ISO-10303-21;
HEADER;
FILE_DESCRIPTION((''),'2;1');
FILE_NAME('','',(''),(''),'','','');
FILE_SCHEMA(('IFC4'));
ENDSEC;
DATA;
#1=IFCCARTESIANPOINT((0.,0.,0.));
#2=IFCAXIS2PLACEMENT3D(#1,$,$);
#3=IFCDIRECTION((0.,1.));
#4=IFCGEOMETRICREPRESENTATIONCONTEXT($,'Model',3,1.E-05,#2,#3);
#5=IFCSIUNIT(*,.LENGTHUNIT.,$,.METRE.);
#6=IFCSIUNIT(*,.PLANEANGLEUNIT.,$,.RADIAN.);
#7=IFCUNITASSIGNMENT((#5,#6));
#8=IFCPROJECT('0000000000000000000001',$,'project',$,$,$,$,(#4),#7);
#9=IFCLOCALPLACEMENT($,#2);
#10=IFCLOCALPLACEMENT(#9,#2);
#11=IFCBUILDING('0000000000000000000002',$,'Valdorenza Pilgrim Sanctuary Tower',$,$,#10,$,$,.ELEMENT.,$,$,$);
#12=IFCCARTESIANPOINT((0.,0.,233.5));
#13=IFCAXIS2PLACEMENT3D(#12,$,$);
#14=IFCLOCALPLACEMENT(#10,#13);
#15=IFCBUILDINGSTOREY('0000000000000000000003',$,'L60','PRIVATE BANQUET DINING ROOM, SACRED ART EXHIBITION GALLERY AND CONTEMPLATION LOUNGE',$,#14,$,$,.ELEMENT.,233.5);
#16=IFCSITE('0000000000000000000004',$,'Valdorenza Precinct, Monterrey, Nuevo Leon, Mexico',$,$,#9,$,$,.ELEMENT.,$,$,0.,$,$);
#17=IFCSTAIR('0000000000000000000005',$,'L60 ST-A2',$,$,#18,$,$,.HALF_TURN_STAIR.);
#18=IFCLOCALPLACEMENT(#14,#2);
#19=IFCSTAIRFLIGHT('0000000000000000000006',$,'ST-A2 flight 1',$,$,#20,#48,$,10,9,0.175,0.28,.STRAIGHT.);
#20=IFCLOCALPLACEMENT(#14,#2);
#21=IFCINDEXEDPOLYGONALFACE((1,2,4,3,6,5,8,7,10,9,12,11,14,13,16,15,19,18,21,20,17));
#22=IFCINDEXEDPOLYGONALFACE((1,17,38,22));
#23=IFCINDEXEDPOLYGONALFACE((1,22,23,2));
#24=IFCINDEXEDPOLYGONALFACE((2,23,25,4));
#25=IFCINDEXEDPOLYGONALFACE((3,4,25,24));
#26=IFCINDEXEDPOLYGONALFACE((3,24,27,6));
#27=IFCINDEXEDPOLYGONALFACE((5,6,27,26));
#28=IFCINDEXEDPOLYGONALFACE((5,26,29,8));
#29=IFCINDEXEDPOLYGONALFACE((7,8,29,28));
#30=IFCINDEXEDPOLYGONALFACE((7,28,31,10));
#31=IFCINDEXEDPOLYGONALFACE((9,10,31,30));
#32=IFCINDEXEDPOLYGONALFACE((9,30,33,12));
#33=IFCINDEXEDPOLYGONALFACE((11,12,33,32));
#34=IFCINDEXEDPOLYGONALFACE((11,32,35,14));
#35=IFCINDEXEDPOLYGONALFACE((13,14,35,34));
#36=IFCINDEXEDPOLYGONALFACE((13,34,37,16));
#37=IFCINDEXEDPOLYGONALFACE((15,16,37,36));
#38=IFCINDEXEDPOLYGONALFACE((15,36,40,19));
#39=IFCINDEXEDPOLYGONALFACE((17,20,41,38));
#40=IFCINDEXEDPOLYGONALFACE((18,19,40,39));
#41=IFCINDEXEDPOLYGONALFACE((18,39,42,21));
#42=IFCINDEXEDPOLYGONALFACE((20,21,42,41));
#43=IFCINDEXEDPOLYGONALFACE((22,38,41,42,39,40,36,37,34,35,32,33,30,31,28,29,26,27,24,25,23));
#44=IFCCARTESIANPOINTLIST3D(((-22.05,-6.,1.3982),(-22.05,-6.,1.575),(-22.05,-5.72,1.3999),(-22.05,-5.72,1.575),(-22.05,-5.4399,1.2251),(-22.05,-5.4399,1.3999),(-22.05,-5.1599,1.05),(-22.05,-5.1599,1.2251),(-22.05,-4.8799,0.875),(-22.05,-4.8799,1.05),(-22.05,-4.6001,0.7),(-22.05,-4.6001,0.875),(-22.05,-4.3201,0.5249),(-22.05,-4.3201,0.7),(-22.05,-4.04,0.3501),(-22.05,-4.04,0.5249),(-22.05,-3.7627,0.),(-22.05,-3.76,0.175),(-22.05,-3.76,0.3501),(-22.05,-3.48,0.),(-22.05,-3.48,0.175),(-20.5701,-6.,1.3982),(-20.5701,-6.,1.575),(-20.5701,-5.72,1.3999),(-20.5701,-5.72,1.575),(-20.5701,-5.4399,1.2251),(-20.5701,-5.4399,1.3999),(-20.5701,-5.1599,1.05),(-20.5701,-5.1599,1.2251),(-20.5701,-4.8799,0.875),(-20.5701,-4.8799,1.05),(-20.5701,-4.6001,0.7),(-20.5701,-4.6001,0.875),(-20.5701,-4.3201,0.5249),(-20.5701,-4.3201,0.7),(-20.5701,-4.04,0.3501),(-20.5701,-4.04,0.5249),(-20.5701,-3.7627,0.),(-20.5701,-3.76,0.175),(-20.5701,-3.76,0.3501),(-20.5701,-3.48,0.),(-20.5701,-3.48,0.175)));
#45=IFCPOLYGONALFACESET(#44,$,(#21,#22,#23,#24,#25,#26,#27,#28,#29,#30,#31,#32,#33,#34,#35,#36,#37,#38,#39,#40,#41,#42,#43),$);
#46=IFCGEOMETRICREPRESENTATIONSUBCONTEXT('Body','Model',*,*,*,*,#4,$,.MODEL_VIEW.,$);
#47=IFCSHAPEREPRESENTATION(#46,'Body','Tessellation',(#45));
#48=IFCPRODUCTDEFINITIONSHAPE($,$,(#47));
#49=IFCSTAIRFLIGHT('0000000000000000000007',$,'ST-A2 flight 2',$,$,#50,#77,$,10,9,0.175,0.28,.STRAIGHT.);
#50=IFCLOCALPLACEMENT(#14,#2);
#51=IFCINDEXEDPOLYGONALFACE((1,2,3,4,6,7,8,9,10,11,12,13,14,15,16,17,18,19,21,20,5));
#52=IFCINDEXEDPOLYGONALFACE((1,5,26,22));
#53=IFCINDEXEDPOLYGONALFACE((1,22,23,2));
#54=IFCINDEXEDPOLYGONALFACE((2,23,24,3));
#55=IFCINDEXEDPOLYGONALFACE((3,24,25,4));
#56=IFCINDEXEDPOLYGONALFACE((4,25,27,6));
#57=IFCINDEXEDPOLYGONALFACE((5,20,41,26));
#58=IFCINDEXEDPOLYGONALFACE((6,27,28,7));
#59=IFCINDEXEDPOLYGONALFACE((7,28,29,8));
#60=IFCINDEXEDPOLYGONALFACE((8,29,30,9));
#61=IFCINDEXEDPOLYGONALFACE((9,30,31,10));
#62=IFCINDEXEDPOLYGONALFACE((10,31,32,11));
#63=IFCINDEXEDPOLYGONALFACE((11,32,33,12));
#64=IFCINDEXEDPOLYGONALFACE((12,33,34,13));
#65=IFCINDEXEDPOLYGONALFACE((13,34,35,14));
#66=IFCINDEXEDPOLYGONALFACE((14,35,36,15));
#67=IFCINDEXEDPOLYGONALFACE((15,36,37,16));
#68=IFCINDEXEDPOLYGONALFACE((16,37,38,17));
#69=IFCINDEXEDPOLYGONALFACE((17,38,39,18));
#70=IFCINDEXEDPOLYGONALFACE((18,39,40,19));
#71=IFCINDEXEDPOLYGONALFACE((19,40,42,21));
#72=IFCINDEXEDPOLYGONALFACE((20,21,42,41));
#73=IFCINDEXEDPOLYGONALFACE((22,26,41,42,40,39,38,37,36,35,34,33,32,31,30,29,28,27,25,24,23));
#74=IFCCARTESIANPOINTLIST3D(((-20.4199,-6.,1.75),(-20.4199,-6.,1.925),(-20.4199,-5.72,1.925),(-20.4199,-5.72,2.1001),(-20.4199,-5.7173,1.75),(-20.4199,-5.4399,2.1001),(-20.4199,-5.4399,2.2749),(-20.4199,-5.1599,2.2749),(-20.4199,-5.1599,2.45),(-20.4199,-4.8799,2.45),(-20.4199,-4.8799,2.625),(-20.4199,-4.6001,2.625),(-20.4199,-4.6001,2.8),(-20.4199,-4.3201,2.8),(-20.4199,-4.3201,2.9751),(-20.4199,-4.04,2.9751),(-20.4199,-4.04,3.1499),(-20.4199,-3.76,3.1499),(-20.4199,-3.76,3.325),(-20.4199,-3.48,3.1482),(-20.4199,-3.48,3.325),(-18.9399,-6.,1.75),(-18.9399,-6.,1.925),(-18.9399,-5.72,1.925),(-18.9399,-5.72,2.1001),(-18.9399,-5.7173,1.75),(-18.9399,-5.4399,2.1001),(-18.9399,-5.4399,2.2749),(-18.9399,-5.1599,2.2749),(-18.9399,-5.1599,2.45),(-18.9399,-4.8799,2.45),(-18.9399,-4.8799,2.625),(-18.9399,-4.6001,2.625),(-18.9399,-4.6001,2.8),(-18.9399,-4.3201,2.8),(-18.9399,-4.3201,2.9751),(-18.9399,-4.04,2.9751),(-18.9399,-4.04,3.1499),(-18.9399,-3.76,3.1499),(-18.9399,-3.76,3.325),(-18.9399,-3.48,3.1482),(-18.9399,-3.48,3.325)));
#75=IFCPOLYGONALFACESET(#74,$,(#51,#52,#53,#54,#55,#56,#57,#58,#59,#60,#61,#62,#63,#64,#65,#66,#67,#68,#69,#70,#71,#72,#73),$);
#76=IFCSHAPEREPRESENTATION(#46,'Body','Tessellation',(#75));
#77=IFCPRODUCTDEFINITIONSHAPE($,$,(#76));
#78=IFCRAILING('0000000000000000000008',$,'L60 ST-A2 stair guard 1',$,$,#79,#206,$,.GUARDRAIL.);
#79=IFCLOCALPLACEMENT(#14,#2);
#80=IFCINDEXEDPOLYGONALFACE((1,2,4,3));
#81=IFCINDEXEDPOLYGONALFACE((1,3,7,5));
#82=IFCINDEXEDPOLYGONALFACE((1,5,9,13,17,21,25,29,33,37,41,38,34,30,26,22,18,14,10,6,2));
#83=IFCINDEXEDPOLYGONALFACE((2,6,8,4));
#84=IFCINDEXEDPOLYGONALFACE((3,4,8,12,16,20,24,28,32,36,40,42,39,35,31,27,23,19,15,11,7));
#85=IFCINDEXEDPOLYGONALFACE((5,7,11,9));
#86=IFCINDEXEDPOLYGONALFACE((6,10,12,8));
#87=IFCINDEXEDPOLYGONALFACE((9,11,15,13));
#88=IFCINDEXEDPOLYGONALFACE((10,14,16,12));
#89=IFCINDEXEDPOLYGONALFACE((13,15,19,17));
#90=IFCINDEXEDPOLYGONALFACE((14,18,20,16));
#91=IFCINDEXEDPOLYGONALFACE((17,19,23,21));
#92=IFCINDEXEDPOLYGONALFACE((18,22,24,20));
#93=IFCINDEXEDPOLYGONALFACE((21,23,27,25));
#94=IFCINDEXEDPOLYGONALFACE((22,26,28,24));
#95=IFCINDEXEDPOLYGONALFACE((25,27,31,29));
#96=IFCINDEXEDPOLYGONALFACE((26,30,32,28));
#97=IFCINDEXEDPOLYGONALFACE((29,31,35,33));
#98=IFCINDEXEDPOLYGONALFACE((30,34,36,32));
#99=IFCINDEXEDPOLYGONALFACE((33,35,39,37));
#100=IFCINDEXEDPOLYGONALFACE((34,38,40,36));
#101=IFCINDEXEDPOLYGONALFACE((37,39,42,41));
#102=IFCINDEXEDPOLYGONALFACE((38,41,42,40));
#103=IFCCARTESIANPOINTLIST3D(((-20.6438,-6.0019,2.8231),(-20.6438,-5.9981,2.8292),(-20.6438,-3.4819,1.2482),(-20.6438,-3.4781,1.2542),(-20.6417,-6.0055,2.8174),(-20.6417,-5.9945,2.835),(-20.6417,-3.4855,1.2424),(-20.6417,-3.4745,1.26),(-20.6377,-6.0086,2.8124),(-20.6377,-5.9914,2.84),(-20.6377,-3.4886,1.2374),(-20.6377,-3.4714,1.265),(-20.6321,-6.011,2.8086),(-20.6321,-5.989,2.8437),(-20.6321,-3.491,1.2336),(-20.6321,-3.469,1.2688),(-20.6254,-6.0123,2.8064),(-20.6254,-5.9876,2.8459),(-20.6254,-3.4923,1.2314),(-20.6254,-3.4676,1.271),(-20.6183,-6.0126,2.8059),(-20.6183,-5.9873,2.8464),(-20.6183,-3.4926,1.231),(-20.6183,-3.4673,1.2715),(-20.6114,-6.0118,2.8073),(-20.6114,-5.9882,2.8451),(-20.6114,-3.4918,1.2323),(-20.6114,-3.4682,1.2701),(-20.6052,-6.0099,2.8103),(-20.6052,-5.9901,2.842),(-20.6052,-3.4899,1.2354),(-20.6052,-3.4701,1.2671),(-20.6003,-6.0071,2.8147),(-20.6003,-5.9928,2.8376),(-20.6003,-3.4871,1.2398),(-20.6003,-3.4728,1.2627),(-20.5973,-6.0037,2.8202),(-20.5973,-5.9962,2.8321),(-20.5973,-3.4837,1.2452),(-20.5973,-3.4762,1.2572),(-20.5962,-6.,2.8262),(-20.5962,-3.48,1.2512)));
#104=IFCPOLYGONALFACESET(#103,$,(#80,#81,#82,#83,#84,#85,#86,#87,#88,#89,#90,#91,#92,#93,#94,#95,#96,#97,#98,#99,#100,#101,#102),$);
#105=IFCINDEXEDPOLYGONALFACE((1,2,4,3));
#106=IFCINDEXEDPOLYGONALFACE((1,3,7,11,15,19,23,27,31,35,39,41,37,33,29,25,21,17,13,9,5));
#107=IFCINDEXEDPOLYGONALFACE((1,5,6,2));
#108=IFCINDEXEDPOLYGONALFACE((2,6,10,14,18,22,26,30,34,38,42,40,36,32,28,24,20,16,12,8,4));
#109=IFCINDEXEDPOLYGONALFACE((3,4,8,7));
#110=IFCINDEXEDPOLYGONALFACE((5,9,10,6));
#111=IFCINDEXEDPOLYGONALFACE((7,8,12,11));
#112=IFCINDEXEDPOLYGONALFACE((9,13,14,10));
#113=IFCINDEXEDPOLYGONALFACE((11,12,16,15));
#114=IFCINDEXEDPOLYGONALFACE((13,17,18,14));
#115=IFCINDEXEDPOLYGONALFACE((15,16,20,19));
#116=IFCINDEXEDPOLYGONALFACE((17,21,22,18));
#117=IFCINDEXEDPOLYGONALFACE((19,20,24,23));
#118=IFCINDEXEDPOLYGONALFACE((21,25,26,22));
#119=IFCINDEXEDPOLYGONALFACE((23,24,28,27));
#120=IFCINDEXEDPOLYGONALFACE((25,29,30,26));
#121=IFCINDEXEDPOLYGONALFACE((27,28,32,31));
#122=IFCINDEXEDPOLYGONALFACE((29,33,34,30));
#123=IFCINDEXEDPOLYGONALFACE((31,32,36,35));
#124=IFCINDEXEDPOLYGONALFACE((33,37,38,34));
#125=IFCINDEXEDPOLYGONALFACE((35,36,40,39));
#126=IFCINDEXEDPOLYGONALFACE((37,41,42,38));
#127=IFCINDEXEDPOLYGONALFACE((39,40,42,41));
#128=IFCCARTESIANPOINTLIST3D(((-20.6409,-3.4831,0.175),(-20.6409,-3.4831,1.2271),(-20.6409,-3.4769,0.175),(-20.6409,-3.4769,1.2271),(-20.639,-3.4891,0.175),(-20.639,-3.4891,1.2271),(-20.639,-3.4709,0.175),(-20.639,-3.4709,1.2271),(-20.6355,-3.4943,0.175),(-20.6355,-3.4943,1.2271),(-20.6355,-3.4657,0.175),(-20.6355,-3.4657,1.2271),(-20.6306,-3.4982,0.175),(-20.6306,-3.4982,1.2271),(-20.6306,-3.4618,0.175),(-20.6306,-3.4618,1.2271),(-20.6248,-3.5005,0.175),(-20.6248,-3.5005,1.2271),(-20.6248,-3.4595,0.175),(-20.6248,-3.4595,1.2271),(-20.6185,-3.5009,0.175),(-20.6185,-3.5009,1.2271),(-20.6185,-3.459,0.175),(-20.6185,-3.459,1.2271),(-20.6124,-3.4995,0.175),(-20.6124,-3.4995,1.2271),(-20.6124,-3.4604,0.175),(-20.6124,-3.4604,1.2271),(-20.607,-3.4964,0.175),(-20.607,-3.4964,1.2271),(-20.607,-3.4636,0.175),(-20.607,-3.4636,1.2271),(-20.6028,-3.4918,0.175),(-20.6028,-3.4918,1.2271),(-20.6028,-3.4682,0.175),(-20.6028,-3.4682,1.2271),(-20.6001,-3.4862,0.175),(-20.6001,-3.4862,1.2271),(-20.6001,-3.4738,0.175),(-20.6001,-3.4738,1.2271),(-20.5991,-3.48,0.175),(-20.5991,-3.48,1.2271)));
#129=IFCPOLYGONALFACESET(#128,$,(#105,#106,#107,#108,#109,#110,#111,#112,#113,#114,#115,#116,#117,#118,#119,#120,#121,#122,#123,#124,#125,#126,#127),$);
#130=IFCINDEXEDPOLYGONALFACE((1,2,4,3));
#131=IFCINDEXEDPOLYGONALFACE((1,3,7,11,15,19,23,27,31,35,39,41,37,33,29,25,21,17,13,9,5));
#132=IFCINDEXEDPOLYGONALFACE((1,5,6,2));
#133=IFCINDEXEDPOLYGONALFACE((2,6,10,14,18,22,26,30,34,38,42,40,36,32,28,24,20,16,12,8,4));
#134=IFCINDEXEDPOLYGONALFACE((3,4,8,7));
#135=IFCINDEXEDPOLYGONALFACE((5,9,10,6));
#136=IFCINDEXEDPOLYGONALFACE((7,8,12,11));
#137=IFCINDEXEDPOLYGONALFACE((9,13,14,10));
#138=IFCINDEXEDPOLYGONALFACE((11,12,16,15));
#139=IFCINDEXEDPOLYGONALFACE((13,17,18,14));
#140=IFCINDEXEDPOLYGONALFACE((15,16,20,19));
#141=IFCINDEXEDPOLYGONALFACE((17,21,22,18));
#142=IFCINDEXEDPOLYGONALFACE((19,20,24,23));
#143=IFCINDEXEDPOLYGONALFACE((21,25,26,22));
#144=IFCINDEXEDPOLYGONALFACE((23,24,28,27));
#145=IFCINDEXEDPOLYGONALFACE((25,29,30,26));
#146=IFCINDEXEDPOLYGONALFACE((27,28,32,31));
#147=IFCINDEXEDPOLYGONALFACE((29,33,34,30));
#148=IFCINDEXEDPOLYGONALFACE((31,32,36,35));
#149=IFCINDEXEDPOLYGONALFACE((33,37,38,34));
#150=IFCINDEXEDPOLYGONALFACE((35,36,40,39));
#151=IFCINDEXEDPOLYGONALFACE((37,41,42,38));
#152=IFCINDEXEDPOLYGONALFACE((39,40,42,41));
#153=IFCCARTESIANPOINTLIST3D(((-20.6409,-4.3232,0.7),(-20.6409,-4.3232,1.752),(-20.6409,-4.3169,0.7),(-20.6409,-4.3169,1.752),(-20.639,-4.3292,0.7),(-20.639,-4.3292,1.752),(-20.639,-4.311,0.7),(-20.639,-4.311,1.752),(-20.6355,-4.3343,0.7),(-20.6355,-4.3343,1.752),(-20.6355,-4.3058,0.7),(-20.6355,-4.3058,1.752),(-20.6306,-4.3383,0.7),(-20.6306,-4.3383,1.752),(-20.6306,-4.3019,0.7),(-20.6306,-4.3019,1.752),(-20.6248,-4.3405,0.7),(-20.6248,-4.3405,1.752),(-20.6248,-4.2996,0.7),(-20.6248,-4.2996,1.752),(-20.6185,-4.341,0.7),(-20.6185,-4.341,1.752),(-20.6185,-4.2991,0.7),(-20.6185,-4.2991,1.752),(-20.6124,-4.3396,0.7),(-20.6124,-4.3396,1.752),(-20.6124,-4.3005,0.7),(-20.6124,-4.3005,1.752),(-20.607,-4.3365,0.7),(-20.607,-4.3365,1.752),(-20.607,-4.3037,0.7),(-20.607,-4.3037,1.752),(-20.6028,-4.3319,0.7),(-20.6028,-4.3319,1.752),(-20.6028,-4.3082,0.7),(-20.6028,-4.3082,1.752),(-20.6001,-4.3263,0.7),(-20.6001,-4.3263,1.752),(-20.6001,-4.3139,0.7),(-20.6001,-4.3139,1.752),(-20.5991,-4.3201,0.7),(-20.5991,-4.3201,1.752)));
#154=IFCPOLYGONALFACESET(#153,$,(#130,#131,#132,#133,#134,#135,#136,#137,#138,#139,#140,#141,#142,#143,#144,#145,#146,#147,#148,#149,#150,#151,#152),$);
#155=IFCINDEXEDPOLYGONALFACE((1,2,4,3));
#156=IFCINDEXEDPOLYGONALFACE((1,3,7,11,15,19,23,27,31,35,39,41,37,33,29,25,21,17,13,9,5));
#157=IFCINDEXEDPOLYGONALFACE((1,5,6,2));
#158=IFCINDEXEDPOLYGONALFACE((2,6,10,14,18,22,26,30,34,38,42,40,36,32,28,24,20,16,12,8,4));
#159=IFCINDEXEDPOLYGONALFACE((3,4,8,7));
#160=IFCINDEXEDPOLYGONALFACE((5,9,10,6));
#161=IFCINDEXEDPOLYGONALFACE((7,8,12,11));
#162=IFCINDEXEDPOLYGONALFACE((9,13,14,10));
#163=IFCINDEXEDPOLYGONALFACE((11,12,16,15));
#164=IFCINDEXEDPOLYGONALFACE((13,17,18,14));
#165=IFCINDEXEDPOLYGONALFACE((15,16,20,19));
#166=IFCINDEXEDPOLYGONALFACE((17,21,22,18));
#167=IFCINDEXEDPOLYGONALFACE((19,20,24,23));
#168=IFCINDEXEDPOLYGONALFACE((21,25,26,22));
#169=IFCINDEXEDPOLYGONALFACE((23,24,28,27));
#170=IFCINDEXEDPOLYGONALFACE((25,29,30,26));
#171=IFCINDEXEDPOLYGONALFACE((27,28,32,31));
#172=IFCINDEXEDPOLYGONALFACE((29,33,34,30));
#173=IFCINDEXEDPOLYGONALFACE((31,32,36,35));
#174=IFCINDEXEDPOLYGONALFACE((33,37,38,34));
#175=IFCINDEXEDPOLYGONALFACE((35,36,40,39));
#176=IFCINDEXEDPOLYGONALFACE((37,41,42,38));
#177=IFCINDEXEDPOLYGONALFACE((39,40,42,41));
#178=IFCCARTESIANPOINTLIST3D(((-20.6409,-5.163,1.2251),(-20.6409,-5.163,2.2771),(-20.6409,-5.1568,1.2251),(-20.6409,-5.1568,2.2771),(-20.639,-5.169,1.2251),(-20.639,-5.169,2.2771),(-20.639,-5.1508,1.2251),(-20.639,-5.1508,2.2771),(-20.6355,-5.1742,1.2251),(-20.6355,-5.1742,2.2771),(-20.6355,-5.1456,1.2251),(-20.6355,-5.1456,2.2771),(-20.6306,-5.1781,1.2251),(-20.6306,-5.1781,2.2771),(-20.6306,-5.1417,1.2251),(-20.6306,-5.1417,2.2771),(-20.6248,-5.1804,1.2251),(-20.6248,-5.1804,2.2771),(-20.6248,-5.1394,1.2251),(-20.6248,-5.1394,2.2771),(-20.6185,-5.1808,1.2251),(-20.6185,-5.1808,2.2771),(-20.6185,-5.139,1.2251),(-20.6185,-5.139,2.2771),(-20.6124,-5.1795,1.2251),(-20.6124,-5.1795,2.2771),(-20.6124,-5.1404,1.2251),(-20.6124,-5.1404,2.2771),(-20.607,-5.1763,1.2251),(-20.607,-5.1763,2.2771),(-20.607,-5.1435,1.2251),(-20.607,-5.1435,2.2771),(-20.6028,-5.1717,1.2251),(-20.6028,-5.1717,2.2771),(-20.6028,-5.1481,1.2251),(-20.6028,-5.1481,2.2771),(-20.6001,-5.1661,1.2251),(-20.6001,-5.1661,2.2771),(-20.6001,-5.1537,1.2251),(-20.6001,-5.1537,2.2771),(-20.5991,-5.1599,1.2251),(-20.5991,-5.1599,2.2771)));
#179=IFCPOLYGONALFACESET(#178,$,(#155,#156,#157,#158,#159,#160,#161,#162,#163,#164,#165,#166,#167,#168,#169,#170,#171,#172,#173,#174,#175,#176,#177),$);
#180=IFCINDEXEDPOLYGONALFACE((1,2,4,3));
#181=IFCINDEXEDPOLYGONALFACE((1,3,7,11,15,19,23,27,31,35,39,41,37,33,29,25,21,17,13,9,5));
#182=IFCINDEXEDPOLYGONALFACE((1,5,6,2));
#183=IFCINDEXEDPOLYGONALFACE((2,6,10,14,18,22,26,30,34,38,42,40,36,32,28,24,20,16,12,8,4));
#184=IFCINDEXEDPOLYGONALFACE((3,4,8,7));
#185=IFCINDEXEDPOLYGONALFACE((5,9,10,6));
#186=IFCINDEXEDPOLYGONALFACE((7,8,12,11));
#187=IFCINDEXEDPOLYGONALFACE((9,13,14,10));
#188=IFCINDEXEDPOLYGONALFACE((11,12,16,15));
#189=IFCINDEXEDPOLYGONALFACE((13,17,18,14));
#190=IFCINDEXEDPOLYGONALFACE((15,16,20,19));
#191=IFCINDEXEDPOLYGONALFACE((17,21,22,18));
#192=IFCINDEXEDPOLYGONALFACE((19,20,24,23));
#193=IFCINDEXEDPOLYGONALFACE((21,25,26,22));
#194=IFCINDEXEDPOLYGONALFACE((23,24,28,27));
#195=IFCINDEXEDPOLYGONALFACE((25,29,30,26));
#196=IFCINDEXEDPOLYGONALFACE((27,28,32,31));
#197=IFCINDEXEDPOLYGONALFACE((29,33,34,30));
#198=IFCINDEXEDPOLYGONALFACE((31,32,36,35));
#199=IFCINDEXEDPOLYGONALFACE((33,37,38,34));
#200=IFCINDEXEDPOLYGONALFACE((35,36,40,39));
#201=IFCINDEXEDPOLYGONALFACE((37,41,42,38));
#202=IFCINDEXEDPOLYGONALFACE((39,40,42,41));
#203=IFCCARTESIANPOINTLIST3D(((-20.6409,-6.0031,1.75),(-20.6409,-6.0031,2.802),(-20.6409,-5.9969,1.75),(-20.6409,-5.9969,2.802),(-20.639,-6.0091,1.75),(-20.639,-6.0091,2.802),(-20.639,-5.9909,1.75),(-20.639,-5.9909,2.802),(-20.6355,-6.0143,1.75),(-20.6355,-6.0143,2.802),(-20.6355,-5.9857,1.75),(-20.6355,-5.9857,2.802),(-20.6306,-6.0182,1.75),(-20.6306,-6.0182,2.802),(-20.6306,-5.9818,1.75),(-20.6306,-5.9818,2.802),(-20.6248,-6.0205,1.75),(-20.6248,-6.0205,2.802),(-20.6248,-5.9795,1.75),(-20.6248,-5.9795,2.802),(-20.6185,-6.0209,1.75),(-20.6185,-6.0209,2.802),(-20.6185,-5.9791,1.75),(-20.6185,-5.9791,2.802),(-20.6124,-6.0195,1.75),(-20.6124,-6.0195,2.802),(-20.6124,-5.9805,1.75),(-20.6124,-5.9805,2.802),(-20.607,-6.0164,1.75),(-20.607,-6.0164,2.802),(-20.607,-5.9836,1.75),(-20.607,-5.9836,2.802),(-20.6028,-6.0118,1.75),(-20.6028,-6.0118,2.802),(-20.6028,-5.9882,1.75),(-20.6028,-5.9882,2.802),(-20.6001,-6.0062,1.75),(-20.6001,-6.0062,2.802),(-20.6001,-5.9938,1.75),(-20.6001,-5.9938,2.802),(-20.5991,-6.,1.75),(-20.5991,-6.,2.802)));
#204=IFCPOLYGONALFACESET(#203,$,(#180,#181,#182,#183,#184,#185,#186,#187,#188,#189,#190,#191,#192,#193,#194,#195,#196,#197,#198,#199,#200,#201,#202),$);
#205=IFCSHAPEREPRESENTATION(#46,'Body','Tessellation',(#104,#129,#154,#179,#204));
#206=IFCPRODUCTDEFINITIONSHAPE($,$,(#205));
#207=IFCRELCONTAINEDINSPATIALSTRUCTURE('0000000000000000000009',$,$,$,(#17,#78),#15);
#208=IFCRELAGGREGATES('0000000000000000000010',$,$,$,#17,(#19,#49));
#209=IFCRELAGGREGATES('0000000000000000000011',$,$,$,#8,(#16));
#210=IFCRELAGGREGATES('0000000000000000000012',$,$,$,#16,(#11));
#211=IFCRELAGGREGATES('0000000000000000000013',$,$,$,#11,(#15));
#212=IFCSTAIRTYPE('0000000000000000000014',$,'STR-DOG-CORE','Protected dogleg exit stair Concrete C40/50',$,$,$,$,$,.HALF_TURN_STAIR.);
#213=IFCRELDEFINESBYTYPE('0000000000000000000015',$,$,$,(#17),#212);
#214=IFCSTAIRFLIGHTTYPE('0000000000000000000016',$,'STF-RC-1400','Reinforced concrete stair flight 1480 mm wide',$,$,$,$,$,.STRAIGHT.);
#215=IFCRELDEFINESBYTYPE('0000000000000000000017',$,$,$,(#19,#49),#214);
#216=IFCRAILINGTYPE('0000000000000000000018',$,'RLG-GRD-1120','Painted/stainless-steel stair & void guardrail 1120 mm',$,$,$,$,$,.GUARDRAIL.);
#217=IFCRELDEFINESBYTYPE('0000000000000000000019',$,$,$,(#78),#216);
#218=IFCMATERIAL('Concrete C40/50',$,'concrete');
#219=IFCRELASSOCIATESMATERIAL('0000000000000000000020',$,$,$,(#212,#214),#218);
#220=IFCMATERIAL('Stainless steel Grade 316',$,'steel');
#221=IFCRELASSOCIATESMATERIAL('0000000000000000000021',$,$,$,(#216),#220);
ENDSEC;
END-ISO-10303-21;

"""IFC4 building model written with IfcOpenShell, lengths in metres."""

from ifc_helpers import new_model, si_unit, direction, frame, origin, origin_2d, place, context, subcontext, project, spatial, polyline, circle, outline, extrude, material, type_object, element, aggregate, save


model = new_model("IFC4")

# Units and contexts
model_context = context("Model", 3, precision=1e-05, world=origin(), true_north=direction((0.0, 1.0)))
body_context = subcontext(model_context, "Body", "Model", "MODEL_VIEW")
ifc_project = project(units=[si_unit("LENGTHUNIT", "METRE"), si_unit("PLANEANGLEUNIT", "RADIAN")], contexts=[model_context])

# Site, building, storey
site_placement = place(None, origin())
site = spatial("IfcSite", under=ifc_project, at=site_placement, Name="Valdorenza Precinct, Monterrey, Nuevo Leon, Mexico", CompositionType="ELEMENT", RefElevation=0.0)
building_placement = place(site_placement, origin())
building = spatial("IfcBuilding", under=site, at=building_placement, Name="Valdorenza Pilgrim Sanctuary Tower", CompositionType="ELEMENT")
storey_placement = place(building_placement, frame((0.0, 0.0, 233.5)))
storey = spatial("IfcBuildingStorey", under=building, at=storey_placement, Name="L60", Description="PRIVATE BANQUET DINING ROOM, SACRED ART EXHIBITION GALLERY AND CONTEMPLATION LOUNGE", CompositionType="ELEMENT", Elevation=233.5)

# Shared definitions
ifc_material_1 = material(Name="Concrete C40/50", Category="concrete")

# Stair, stair flights
stair_type = type_object("IfcStairType", Name="STR-DOG-CORE", Description="Protected dogleg exit stair Concrete C40/50", PredefinedType="HALF_TURN_STAIR", material=ifc_material_1)
stair_placement = place(storey_placement, origin())
stair = element("IfcStair", 1, at=stair_placement, inside=storey, type_object=stair_type, Name="L60 ST-A2", PredefinedType="HALF_TURN_STAIR")
stair_flight_type = type_object("IfcStairFlightType", Name="STF-RC-1400", Description="Reinforced concrete stair flight 1480 mm wide", PredefinedType="STRAIGHT", material=ifc_material_1)
stair_flight_1_placement = place(storey_placement, frame((-21.3101, -3.48, 0.0), z_axis=(0.0, 0.0, 1.0), x_axis=(0.0, -1.0, 0.0)))
stair_flight_1 = element("IfcStairFlight", 2, at=stair_flight_1_placement, type_object=stair_flight_type, Name="ST-A2 flight 1", NumberOfRisers=10, NumberOfTreads=9, PredefinedType="STRAIGHT", RiserHeight=0.175, TreadLength=0.28, context=body_context, shape_type="SweptSolid", body=[
    extrude(outline(polyline([(0.0, 0.0), (0.0, 0.175), (0.28, 0.175), (0.28, 0.3501), (0.5601, 0.3501), (0.5601, 0.5249), (0.8401, 0.5249), (0.8401, 0.7), (1.1201, 0.7), (1.1201, 0.875), (1.3999, 0.875), (1.3999, 1.05), (1.6799, 1.05), (1.6799, 1.2251), (1.96, 1.2251), (1.96, 1.3999), (2.24, 1.3999), (2.24, 1.575), (2.52, 1.575), (2.52, 1.75), (2.52, 1.3982), (0.2827, 0.0), (0.0, 0.0)])), frame((0.0, 0.74, 0.0), z_axis=(0.0, -1.0, 0.0), x_axis=(1.0, 0.0, 0.0)), (0.0, 0.0, 1.0), 1.48),
])
stair_flight_2_placement = place(storey_placement, frame((-19.6799, -6.0, 1.75), z_axis=(0.0, 0.0, 1.0), x_axis=(0.0, 1.0, 0.0)))
stair_flight_2 = element("IfcStairFlight", 3, at=stair_flight_2_placement, type_object=stair_flight_type, Name="ST-A2 flight 2", NumberOfRisers=10, NumberOfTreads=9, PredefinedType="STRAIGHT", RiserHeight=0.175, TreadLength=0.28, context=body_context, shape_type="SweptSolid", body=[
    extrude(outline(polyline([(0.0, 0.0), (0.0, 0.175), (0.28, 0.175), (0.28, 0.3501), (0.5601, 0.3501), (0.5601, 0.5249), (0.8401, 0.5249), (0.8401, 0.7), (1.1201, 0.7), (1.1201, 0.875), (1.3999, 0.875), (1.3999, 1.05), (1.6799, 1.05), (1.6799, 1.2251), (1.96, 1.2251), (1.96, 1.3999), (2.24, 1.3999), (2.24, 1.575), (2.52, 1.575), (2.52, 1.75), (2.52, 1.3982), (0.2827, 0.0), (0.0, 0.0)])), frame((0.0, 0.74, 0.0), z_axis=(0.0, -1.0, 0.0), x_axis=(1.0, 0.0, 0.0)), (0.0, 0.0, 1.0), 1.48),
])
aggregate(stair, [stair_flight_1, stair_flight_2])

# Railing
ifc_material_2 = material(Name="Stainless steel Grade 316", Category="steel")
railing_type_1 = type_object("IfcRailingType", Name="RLG-GRD-1120", Description="Painted/stainless-steel stair & void guardrail 1120 mm", PredefinedType="GUARDRAIL", material=ifc_material_2)
railing_1_placement = place(storey_placement, frame((-20.6201, -3.48, 0.175)))
element("IfcRailing", 4, at=railing_1_placement, inside=storey, type_object=railing_type_1, Name="L60 ST-A2 stair guard 1", PredefinedType="GUARDRAIL", context=body_context, shape_type="SweptSolid", body=[
    extrude(circle(Radius=0.0239, at=origin_2d()), frame((0.0, 0.0, 1.0762), z_axis=(0.0, -0.848008, 0.529984), x_axis=(1.0, 0.0, 0.0)), (0.0, 0.0, 1.0), 2.9717),
    extrude(circle(Radius=0.021, at=origin_2d()), origin(), (0.0, 0.0, 1.0), 1.052),
    extrude(circle(Radius=0.021, at=origin_2d()), frame((0.0, -0.8401, 0.5249)), (0.0, 0.0, 1.0), 1.052),
    extrude(circle(Radius=0.021, at=origin_2d()), frame((0.0, -1.6799, 1.05)), (0.0, 0.0, 1.0), 1.052),
    extrude(circle(Radius=0.021, at=origin_2d()), frame((0.0, -2.52, 1.575)), (0.0, 0.0, 1.0), 1.052),
])

save(model, "model.ifc")
